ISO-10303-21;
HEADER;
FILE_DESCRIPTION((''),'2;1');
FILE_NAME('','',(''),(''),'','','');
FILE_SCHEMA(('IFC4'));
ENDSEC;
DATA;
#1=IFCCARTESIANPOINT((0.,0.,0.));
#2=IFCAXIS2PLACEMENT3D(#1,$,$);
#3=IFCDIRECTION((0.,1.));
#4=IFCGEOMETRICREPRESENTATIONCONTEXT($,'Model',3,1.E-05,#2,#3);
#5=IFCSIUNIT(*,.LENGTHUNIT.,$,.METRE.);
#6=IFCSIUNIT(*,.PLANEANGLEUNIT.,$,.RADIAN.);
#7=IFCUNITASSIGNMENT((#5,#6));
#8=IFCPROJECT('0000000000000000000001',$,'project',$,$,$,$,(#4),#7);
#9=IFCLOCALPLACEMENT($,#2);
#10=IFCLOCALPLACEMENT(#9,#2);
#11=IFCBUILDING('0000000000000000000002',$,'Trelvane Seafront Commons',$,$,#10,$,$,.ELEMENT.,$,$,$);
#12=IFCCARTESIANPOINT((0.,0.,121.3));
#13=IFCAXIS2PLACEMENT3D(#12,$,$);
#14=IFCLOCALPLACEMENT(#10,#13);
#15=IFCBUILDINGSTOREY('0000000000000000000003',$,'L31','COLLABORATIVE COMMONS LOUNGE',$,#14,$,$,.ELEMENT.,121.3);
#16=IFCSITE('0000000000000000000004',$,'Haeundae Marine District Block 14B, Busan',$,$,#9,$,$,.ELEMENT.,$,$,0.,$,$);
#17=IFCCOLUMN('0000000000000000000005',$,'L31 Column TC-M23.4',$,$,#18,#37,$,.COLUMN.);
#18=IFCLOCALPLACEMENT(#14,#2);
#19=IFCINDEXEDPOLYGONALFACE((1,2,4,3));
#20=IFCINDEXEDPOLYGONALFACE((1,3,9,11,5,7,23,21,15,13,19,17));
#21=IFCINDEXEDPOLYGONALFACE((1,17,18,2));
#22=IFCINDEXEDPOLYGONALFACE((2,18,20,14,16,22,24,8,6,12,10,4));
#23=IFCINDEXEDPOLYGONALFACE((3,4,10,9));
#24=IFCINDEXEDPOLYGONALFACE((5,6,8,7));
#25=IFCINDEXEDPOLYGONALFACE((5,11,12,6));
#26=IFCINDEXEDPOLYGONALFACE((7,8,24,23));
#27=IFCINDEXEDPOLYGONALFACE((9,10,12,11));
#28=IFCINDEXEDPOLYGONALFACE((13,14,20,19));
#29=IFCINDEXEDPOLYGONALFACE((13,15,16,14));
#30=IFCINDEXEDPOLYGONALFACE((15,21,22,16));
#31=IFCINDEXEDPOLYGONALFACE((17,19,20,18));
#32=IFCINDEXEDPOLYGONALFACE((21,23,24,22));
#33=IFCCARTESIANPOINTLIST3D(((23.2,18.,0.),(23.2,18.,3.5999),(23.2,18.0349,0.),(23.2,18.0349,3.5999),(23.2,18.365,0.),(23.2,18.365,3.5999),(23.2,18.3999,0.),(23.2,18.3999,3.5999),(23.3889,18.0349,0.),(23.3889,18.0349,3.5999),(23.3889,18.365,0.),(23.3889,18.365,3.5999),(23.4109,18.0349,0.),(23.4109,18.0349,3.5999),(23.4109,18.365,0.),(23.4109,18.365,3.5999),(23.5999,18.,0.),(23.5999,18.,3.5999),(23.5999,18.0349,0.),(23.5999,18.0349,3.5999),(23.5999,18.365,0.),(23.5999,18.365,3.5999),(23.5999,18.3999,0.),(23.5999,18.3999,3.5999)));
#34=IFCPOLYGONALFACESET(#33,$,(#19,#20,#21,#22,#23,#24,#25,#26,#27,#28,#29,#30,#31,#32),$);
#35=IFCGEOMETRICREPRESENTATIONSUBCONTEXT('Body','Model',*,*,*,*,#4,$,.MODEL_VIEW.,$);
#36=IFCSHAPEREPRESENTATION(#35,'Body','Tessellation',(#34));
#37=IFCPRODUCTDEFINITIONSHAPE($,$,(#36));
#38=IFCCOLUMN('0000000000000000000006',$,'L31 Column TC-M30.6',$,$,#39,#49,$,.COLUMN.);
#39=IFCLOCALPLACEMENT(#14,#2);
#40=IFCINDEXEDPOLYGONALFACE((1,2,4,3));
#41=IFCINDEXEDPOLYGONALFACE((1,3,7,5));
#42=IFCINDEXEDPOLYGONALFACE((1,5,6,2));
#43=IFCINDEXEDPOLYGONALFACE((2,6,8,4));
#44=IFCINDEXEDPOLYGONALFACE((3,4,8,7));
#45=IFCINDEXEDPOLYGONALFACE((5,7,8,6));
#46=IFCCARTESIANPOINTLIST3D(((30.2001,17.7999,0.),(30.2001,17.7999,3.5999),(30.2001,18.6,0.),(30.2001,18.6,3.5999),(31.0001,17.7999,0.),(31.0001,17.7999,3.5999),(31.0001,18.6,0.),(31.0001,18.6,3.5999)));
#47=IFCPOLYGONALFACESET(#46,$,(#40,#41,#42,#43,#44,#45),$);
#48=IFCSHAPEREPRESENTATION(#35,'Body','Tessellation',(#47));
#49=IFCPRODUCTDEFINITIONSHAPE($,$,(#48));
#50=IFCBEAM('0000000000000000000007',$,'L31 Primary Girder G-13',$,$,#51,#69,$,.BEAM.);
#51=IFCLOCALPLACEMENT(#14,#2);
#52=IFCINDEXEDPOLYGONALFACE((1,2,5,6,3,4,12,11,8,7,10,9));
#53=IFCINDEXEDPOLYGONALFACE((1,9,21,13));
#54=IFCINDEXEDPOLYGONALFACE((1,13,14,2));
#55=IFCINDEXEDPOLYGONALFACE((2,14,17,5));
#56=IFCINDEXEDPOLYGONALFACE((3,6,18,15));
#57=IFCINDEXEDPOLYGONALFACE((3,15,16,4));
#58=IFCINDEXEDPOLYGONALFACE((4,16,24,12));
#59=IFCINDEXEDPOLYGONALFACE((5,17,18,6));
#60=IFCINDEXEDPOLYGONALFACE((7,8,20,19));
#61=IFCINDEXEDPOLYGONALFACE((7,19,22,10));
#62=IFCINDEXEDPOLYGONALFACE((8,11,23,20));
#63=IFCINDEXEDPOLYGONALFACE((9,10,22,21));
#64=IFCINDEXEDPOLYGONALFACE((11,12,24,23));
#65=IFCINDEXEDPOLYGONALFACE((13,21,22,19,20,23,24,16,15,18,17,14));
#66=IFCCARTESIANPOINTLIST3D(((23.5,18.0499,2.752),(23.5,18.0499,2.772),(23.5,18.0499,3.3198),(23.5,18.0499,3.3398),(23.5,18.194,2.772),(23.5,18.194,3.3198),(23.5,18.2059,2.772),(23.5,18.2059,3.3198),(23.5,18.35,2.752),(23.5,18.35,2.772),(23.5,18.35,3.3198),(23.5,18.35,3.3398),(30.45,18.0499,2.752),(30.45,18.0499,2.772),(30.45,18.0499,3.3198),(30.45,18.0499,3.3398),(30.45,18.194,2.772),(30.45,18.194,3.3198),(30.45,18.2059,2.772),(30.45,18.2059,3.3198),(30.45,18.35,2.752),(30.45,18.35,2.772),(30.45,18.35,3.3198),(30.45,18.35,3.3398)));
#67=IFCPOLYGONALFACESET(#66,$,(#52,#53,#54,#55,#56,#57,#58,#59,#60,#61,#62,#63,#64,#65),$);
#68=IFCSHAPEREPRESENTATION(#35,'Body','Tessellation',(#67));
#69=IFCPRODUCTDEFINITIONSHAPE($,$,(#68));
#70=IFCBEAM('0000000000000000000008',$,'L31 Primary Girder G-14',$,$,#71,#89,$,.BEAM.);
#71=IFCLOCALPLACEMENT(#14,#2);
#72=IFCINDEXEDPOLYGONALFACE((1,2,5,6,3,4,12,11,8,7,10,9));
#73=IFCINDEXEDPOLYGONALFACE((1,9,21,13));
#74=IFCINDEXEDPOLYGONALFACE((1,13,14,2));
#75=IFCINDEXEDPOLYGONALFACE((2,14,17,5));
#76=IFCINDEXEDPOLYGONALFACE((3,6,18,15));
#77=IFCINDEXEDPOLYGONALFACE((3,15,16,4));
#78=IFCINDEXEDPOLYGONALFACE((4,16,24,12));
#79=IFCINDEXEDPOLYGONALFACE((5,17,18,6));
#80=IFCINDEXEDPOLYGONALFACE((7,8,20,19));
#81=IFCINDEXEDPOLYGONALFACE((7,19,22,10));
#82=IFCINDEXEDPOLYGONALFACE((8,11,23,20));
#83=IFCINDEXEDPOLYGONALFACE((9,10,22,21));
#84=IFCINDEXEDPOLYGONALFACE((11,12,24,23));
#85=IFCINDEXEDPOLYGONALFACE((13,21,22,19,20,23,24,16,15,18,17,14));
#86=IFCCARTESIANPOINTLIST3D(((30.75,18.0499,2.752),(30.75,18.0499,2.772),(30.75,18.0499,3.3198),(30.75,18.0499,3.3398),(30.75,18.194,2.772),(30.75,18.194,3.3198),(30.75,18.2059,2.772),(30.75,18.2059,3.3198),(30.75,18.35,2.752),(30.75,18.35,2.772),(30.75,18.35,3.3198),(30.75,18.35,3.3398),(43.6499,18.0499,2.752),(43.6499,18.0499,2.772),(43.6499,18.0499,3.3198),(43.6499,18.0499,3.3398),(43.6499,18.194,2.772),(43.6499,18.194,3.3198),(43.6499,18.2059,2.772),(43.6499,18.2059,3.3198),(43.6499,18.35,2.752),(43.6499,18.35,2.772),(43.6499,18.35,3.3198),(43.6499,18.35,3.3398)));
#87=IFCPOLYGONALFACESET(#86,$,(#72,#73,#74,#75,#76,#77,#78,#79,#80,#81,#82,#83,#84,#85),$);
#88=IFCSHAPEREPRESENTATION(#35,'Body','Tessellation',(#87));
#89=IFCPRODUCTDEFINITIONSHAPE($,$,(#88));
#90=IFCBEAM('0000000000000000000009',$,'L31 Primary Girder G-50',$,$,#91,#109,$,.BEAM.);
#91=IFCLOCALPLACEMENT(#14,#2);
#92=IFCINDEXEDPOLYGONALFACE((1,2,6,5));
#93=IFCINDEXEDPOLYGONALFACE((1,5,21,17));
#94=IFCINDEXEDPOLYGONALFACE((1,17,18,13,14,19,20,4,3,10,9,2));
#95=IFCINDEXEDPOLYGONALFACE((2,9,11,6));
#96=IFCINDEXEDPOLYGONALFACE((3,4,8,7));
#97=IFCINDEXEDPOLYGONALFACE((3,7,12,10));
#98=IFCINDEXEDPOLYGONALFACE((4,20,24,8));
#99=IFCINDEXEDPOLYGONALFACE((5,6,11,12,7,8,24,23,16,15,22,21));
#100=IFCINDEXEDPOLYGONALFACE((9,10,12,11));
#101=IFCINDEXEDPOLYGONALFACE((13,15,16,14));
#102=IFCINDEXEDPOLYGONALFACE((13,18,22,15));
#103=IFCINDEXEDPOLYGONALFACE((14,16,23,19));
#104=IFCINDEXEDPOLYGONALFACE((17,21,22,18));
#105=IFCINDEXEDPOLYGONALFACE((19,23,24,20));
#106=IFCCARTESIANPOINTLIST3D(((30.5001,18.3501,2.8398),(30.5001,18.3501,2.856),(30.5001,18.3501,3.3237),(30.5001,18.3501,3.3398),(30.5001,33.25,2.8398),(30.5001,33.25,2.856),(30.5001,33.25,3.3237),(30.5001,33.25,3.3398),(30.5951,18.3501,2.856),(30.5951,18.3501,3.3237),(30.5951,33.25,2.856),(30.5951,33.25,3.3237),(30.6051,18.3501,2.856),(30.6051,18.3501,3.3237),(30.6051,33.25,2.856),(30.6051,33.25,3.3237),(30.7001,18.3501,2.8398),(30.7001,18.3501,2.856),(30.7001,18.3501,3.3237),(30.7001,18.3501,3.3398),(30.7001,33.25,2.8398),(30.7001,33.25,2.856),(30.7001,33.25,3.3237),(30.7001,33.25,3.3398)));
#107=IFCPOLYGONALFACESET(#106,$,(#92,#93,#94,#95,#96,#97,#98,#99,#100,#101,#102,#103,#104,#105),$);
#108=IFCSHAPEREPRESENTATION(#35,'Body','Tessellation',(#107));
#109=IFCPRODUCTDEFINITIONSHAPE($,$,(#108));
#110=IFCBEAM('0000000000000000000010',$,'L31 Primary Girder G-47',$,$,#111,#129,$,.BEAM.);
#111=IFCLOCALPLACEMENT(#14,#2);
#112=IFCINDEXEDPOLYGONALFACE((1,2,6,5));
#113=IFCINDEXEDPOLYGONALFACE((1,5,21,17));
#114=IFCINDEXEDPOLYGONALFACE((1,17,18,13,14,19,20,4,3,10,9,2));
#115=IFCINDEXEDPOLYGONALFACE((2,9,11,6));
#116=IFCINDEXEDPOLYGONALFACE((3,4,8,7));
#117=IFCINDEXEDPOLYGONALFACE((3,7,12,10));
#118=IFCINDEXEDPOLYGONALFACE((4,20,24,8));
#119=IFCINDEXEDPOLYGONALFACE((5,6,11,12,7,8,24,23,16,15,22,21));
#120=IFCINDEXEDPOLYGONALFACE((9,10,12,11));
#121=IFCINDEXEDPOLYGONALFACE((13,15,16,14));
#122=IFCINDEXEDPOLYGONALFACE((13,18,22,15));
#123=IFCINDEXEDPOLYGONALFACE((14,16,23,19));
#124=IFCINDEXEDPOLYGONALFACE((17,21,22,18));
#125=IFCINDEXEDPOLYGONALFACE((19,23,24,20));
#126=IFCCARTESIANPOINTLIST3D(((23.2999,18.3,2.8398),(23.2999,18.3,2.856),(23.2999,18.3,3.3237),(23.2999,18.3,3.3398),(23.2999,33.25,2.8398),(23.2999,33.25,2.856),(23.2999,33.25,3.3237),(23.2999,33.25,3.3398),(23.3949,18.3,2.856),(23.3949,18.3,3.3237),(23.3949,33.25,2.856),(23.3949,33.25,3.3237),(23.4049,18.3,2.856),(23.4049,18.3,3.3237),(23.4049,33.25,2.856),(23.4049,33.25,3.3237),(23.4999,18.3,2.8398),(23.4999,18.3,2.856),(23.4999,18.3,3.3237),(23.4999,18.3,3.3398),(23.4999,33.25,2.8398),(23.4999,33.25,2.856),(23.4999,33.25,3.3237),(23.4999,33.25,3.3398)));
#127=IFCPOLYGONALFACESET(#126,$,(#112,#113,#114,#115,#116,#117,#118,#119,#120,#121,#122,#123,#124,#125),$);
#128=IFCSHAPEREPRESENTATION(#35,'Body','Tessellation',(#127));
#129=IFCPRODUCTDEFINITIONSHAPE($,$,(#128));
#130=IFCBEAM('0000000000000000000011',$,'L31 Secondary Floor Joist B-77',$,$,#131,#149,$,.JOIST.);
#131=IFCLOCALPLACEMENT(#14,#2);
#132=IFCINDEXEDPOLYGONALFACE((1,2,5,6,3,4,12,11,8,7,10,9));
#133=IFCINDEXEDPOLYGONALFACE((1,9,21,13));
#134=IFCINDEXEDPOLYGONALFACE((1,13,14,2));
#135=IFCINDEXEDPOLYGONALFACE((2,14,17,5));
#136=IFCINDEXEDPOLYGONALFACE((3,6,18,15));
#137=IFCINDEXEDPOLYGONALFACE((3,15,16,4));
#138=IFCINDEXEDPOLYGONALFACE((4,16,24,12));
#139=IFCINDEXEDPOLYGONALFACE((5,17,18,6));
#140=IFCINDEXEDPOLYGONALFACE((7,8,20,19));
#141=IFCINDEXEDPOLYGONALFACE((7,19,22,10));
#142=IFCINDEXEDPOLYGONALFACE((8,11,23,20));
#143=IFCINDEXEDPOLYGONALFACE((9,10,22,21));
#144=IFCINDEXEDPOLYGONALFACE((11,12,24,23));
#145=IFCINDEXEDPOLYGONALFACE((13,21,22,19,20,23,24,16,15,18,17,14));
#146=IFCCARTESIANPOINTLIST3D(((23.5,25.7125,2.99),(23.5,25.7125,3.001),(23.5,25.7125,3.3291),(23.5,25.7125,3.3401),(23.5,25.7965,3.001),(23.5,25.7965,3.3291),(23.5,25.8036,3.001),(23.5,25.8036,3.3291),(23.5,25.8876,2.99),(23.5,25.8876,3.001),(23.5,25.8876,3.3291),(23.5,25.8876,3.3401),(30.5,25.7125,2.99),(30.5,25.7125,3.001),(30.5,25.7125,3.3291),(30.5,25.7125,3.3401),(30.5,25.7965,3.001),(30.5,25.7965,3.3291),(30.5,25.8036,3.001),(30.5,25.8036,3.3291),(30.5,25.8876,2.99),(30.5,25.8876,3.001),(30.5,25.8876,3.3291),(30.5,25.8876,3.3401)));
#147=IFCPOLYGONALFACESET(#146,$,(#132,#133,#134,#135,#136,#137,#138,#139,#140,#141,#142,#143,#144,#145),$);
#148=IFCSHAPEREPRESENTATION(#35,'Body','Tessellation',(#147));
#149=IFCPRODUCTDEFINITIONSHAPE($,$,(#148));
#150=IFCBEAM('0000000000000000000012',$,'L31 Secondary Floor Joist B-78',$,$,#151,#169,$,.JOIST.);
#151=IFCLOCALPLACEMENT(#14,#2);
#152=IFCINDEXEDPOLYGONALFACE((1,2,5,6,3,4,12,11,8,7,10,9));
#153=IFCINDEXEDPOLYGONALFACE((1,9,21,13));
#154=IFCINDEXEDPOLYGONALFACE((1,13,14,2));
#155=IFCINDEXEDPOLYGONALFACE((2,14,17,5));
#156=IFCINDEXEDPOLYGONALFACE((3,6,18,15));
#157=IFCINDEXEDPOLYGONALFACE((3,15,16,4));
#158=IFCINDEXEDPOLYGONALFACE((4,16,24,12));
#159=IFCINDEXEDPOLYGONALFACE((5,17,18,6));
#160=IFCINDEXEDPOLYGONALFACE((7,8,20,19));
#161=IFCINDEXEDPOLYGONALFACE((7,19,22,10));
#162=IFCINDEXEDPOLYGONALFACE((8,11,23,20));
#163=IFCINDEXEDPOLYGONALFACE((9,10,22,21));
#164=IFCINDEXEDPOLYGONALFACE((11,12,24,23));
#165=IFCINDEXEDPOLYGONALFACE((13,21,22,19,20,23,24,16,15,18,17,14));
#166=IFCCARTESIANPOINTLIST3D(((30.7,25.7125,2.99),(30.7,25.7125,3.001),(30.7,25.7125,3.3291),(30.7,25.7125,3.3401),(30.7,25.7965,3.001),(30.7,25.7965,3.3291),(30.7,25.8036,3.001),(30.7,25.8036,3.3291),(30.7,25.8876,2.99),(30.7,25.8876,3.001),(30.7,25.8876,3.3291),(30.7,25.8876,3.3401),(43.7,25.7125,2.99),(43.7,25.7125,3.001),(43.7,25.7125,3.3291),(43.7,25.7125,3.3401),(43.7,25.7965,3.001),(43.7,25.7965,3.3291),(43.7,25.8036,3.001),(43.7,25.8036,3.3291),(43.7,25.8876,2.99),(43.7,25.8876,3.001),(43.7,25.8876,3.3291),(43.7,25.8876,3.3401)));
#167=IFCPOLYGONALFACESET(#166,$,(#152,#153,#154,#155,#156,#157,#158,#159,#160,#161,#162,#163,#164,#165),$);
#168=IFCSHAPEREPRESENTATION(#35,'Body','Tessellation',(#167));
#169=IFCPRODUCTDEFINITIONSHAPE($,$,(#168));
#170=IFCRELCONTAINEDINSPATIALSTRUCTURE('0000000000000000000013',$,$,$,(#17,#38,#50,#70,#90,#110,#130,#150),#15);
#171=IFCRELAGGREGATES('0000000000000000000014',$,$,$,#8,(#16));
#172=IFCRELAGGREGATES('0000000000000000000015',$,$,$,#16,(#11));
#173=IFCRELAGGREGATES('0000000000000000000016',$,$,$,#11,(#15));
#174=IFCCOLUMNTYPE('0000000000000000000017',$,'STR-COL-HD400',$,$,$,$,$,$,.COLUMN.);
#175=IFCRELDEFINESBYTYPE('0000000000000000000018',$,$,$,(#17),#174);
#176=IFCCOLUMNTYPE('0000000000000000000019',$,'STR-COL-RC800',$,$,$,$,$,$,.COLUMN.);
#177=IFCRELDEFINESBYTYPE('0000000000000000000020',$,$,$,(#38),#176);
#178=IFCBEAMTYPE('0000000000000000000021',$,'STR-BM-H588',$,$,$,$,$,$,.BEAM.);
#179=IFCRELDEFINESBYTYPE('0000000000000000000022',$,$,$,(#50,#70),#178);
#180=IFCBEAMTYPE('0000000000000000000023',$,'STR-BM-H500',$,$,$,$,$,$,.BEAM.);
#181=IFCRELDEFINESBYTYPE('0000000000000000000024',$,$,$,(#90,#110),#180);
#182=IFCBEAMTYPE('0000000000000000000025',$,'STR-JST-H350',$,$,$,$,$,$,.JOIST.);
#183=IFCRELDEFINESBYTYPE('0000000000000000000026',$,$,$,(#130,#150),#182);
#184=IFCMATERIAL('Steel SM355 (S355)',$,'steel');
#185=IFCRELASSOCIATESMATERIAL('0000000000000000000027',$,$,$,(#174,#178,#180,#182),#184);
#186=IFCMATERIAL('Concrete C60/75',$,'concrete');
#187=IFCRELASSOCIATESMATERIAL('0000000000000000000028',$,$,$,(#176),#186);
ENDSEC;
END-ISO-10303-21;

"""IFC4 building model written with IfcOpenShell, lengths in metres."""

from ifc_helpers import new_model, si_unit, direction, frame, origin, origin_2d, place, context, subcontext, project, spatial, rectangle, i_section, extrude, source, transform, mapped, material, material_profile, profile_set, type_object, element, save


model = new_model("IFC4")

# Units and contexts
model_context = context("Model", 3, precision=1e-05, world=origin(), true_north=direction((0.0, 1.0)))
body_context = subcontext(model_context, "Body", "Model", "MODEL_VIEW")
ifc_project = project(units=[si_unit("LENGTHUNIT", "METRE"), si_unit("PLANEANGLEUNIT", "RADIAN")], contexts=[model_context])

# Site, building, storey
site_placement = place(None, origin())
site = spatial("IfcSite", under=ifc_project, at=site_placement, Name="Haeundae Marine District Block 14B, Busan", CompositionType="ELEMENT", RefElevation=0.0)
building_placement = place(site_placement, origin())
building = spatial("IfcBuilding", under=site, at=building_placement, Name="Trelvane Seafront Commons", CompositionType="ELEMENT")
storey_placement = place(building_placement, frame((0.0, 0.0, 121.3)))
storey = spatial("IfcBuildingStorey", under=building, at=storey_placement, Name="L31", Description="COLLABORATIVE COMMONS LOUNGE", CompositionType="ELEMENT", Elevation=121.3)

# Columns
ifc_material_1 = material(Name="Steel SM355 (S355)", Category="steel")
ifc_material_profile_1 = material_profile(ifc_material_1, i_section(OverallWidth=0.3999, OverallDepth=0.3999, WebThickness=0.022, FlangeThickness=0.0349, at=origin_2d()), Name="HD-400x400x22x35")
ifc_profile_set_1 = profile_set([ifc_material_profile_1], Name="Steel SM355 (S355)")
column_type_1 = type_object("IfcColumnType", Name="STR-COL-HD400", PredefinedType="COLUMN", material=ifc_profile_set_1)
shared_shape_1 = source(origin(), body_context, "Body", "SweptSolid", [
    extrude(i_section(OverallWidth=0.3999, OverallDepth=0.3999, WebThickness=0.022, FlangeThickness=0.0349, at=origin_2d()), origin(), (0.0, 0.0, 1.0), 3.5999),
])
column_1_placement = place(storey_placement, frame((23.3999, 18.2, 0.0), z_axis=(0.0, 0.0, 1.0), x_axis=(1.0, 0.0, 0.0)))
element("IfcColumn", 1, at=column_1_placement, inside=storey, type_object=column_type_1, Name="L31 Column TC-M23.4", PredefinedType="COLUMN", context=body_context, shape_type="MappedRepresentation", body=[
    mapped(shared_shape_1, transform((0.0, 0.0, 0.0), x_axis=(1.0, 0.0, 0.0), y_axis=(0.0, 1.0, 0.0), z_axis=(0.0, 0.0, 1.0), scale=1.0)),
])
ifc_material_2 = material(Name="Concrete C60/75", Category="concrete")
ifc_material_profile_2 = material_profile(ifc_material_2, rectangle(XDim=0.8, YDim=0.8, at=origin_2d()), Name="RC-800x800")
ifc_profile_set_2 = profile_set([ifc_material_profile_2], Name="Concrete C60/75")
column_type_2 = type_object("IfcColumnType", Name="STR-COL-RC800", PredefinedType="COLUMN", material=ifc_profile_set_2)
shared_shape_2 = source(origin(), body_context, "Body", "SweptSolid", [
    extrude(rectangle(XDim=0.8, YDim=0.8, at=origin_2d()), origin(), (0.0, 0.0, 1.0), 3.5999),
])
column_2_placement = place(storey_placement, frame((30.6001, 18.2, 0.0), z_axis=(0.0, 0.0, 1.0), x_axis=(1.0, 0.0, 0.0)))
element("IfcColumn", 2, at=column_2_placement, inside=storey, type_object=column_type_2, Name="L31 Column TC-M30.6", PredefinedType="COLUMN", context=body_context, shape_type="MappedRepresentation", body=[
    mapped(shared_shape_2, transform((0.0, 0.0, 0.0), x_axis=(1.0, 0.0, 0.0), y_axis=(0.0, 1.0, 0.0), z_axis=(0.0, 0.0, 1.0), scale=1.0)),
])

# Beams
ifc_material_profile_3 = material_profile(ifc_material_1, i_section(OverallWidth=0.3, OverallDepth=0.5879, WebThickness=0.012, FlangeThickness=0.02, at=origin_2d()), Name="H-588x300x12x20")
ifc_profile_set_3 = profile_set([ifc_material_profile_3], Name="Steel SM355 (S355)")
beam_type_1 = type_object("IfcBeamType", Name="STR-BM-H588", PredefinedType="BEAM", material=ifc_profile_set_3)
shared_shape_3 = source(origin(), body_context, "Body", "SweptSolid", [
    extrude(i_section(OverallWidth=0.3, OverallDepth=0.5879, WebThickness=0.012, FlangeThickness=0.02, at=origin_2d()), origin(), (0.0, 0.0, 1.0), 6.95),
])
beam_1_placement = place(storey_placement, frame((23.5, 18.2, 3.0459), z_axis=(1.0, 0.0, 0.0), x_axis=(0.0, 1.0, 0.0)))
element("IfcBeam", 3, at=beam_1_placement, inside=storey, type_object=beam_type_1, Name="L31 Primary Girder G-13", PredefinedType="BEAM", context=body_context, shape_type="MappedRepresentation", body=[
    mapped(shared_shape_3, transform((0.0, 0.0, 0.0), x_axis=(1.0, 0.0, 0.0), y_axis=(0.0, 1.0, 0.0), z_axis=(0.0, 0.0, 1.0), scale=1.0)),
])
shared_shape_4 = source(origin(), body_context, "Body", "SweptSolid", [
    extrude(i_section(OverallWidth=0.3, OverallDepth=0.5879, WebThickness=0.012, FlangeThickness=0.02, at=origin_2d()), origin(), (0.0, 0.0, 1.0), 12.8999),
])
beam_2_placement = place(storey_placement, frame((30.75, 18.2, 3.0459), z_axis=(1.0, 0.0, 0.0), x_axis=(0.0, 1.0, 0.0)))
element("IfcBeam", 4, at=beam_2_placement, inside=storey, type_object=beam_type_1, Name="L31 Primary Girder G-14", PredefinedType="BEAM", context=body_context, shape_type="MappedRepresentation", body=[
    mapped(shared_shape_4, transform((0.0, 0.0, 0.0), x_axis=(1.0, 0.0, 0.0), y_axis=(0.0, 1.0, 0.0), z_axis=(0.0, 0.0, 1.0), scale=1.0)),
])
ifc_material_profile_4 = material_profile(ifc_material_1, i_section(OverallWidth=0.2, OverallDepth=0.5, WebThickness=0.01, FlangeThickness=0.0161, at=origin_2d()), Name="H-500x200x10x16")
ifc_profile_set_4 = profile_set([ifc_material_profile_4], Name="Steel SM355 (S355)")
beam_type_2 = type_object("IfcBeamType", Name="STR-BM-H500", PredefinedType="BEAM", material=ifc_profile_set_4)
shared_shape_5 = source(origin(), body_context, "Body", "SweptSolid", [
    extrude(i_section(OverallWidth=0.2, OverallDepth=0.5, WebThickness=0.01, FlangeThickness=0.0161, at=origin_2d()), origin(), (0.0, 0.0, 1.0), 14.8999),
])
beam_3_placement = place(storey_placement, frame((30.6001, 18.3501, 3.0898), z_axis=(0.0, 1.0, 0.0), x_axis=(-1.0, 0.0, 0.0)))
element("IfcBeam", 5, at=beam_3_placement, inside=storey, type_object=beam_type_2, Name="L31 Primary Girder G-50", PredefinedType="BEAM", context=body_context, shape_type="MappedRepresentation", body=[
    mapped(shared_shape_5, transform((0.0, 0.0, 0.0), x_axis=(1.0, 0.0, 0.0), y_axis=(0.0, 1.0, 0.0), z_axis=(0.0, 0.0, 1.0), scale=1.0)),
])
shared_shape_6 = source(origin(), body_context, "Body", "SweptSolid", [
    extrude(i_section(OverallWidth=0.2, OverallDepth=0.5, WebThickness=0.01, FlangeThickness=0.0161, at=origin_2d()), origin(), (0.0, 0.0, 1.0), 14.95),
])
beam_4_placement = place(storey_placement, frame((23.3999, 18.3, 3.0898), z_axis=(0.0, 1.0, 0.0), x_axis=(-1.0, 0.0, 0.0)))
element("IfcBeam", 6, at=beam_4_placement, inside=storey, type_object=beam_type_2, Name="L31 Primary Girder G-47", PredefinedType="BEAM", context=body_context, shape_type="MappedRepresentation", body=[
    mapped(shared_shape_6, transform((0.0, 0.0, 0.0), x_axis=(1.0, 0.0, 0.0), y_axis=(0.0, 1.0, 0.0), z_axis=(0.0, 0.0, 1.0), scale=1.0)),
])
ifc_material_profile_5 = material_profile(ifc_material_1, i_section(OverallWidth=0.175, OverallDepth=0.3501, WebThickness=0.0071, FlangeThickness=0.011, at=origin_2d()), Name="H-350x175x7x11")
ifc_profile_set_5 = profile_set([ifc_material_profile_5], Name="Steel SM355 (S355)")
beam_type_3 = type_object("IfcBeamType", Name="STR-JST-H350", PredefinedType="JOIST", material=ifc_profile_set_5)
shared_shape_7 = source(origin(), body_context, "Body", "SweptSolid", [
    extrude(i_section(OverallWidth=0.175, OverallDepth=0.3501, WebThickness=0.0071, FlangeThickness=0.011, at=origin_2d()), origin(), (0.0, 0.0, 1.0), 7.0),
])
beam_5_placement = place(storey_placement, frame((23.5, 25.8, 3.165), z_axis=(1.0, 0.0, 0.0), x_axis=(0.0, 1.0, 0.0)))
element("IfcBeam", 7, at=beam_5_placement, inside=storey, type_object=beam_type_3, Name="L31 Secondary Floor Joist B-77", PredefinedType="JOIST", context=body_context, shape_type="MappedRepresentation", body=[
    mapped(shared_shape_7, transform((0.0, 0.0, 0.0), x_axis=(1.0, 0.0, 0.0), y_axis=(0.0, 1.0, 0.0), z_axis=(0.0, 0.0, 1.0), scale=1.0)),
])
shared_shape_8 = source(origin(), body_context, "Body", "SweptSolid", [
    extrude(i_section(OverallWidth=0.175, OverallDepth=0.3501, WebThickness=0.0071, FlangeThickness=0.011, at=origin_2d()), origin(), (0.0, 0.0, 1.0), 13.0),
])
beam_6_placement = place(storey_placement, frame((30.7, 25.8, 3.165), z_axis=(1.0, 0.0, 0.0), x_axis=(0.0, 1.0, 0.0)))
element("IfcBeam", 8, at=beam_6_placement, inside=storey, type_object=beam_type_3, Name="L31 Secondary Floor Joist B-78", PredefinedType="JOIST", context=body_context, shape_type="MappedRepresentation", body=[
    mapped(shared_shape_8, transform((0.0, 0.0, 0.0), x_axis=(1.0, 0.0, 0.0), y_axis=(0.0, 1.0, 0.0), z_axis=(0.0, 0.0, 1.0), scale=1.0)),
])

save(model, "model.ifc")
